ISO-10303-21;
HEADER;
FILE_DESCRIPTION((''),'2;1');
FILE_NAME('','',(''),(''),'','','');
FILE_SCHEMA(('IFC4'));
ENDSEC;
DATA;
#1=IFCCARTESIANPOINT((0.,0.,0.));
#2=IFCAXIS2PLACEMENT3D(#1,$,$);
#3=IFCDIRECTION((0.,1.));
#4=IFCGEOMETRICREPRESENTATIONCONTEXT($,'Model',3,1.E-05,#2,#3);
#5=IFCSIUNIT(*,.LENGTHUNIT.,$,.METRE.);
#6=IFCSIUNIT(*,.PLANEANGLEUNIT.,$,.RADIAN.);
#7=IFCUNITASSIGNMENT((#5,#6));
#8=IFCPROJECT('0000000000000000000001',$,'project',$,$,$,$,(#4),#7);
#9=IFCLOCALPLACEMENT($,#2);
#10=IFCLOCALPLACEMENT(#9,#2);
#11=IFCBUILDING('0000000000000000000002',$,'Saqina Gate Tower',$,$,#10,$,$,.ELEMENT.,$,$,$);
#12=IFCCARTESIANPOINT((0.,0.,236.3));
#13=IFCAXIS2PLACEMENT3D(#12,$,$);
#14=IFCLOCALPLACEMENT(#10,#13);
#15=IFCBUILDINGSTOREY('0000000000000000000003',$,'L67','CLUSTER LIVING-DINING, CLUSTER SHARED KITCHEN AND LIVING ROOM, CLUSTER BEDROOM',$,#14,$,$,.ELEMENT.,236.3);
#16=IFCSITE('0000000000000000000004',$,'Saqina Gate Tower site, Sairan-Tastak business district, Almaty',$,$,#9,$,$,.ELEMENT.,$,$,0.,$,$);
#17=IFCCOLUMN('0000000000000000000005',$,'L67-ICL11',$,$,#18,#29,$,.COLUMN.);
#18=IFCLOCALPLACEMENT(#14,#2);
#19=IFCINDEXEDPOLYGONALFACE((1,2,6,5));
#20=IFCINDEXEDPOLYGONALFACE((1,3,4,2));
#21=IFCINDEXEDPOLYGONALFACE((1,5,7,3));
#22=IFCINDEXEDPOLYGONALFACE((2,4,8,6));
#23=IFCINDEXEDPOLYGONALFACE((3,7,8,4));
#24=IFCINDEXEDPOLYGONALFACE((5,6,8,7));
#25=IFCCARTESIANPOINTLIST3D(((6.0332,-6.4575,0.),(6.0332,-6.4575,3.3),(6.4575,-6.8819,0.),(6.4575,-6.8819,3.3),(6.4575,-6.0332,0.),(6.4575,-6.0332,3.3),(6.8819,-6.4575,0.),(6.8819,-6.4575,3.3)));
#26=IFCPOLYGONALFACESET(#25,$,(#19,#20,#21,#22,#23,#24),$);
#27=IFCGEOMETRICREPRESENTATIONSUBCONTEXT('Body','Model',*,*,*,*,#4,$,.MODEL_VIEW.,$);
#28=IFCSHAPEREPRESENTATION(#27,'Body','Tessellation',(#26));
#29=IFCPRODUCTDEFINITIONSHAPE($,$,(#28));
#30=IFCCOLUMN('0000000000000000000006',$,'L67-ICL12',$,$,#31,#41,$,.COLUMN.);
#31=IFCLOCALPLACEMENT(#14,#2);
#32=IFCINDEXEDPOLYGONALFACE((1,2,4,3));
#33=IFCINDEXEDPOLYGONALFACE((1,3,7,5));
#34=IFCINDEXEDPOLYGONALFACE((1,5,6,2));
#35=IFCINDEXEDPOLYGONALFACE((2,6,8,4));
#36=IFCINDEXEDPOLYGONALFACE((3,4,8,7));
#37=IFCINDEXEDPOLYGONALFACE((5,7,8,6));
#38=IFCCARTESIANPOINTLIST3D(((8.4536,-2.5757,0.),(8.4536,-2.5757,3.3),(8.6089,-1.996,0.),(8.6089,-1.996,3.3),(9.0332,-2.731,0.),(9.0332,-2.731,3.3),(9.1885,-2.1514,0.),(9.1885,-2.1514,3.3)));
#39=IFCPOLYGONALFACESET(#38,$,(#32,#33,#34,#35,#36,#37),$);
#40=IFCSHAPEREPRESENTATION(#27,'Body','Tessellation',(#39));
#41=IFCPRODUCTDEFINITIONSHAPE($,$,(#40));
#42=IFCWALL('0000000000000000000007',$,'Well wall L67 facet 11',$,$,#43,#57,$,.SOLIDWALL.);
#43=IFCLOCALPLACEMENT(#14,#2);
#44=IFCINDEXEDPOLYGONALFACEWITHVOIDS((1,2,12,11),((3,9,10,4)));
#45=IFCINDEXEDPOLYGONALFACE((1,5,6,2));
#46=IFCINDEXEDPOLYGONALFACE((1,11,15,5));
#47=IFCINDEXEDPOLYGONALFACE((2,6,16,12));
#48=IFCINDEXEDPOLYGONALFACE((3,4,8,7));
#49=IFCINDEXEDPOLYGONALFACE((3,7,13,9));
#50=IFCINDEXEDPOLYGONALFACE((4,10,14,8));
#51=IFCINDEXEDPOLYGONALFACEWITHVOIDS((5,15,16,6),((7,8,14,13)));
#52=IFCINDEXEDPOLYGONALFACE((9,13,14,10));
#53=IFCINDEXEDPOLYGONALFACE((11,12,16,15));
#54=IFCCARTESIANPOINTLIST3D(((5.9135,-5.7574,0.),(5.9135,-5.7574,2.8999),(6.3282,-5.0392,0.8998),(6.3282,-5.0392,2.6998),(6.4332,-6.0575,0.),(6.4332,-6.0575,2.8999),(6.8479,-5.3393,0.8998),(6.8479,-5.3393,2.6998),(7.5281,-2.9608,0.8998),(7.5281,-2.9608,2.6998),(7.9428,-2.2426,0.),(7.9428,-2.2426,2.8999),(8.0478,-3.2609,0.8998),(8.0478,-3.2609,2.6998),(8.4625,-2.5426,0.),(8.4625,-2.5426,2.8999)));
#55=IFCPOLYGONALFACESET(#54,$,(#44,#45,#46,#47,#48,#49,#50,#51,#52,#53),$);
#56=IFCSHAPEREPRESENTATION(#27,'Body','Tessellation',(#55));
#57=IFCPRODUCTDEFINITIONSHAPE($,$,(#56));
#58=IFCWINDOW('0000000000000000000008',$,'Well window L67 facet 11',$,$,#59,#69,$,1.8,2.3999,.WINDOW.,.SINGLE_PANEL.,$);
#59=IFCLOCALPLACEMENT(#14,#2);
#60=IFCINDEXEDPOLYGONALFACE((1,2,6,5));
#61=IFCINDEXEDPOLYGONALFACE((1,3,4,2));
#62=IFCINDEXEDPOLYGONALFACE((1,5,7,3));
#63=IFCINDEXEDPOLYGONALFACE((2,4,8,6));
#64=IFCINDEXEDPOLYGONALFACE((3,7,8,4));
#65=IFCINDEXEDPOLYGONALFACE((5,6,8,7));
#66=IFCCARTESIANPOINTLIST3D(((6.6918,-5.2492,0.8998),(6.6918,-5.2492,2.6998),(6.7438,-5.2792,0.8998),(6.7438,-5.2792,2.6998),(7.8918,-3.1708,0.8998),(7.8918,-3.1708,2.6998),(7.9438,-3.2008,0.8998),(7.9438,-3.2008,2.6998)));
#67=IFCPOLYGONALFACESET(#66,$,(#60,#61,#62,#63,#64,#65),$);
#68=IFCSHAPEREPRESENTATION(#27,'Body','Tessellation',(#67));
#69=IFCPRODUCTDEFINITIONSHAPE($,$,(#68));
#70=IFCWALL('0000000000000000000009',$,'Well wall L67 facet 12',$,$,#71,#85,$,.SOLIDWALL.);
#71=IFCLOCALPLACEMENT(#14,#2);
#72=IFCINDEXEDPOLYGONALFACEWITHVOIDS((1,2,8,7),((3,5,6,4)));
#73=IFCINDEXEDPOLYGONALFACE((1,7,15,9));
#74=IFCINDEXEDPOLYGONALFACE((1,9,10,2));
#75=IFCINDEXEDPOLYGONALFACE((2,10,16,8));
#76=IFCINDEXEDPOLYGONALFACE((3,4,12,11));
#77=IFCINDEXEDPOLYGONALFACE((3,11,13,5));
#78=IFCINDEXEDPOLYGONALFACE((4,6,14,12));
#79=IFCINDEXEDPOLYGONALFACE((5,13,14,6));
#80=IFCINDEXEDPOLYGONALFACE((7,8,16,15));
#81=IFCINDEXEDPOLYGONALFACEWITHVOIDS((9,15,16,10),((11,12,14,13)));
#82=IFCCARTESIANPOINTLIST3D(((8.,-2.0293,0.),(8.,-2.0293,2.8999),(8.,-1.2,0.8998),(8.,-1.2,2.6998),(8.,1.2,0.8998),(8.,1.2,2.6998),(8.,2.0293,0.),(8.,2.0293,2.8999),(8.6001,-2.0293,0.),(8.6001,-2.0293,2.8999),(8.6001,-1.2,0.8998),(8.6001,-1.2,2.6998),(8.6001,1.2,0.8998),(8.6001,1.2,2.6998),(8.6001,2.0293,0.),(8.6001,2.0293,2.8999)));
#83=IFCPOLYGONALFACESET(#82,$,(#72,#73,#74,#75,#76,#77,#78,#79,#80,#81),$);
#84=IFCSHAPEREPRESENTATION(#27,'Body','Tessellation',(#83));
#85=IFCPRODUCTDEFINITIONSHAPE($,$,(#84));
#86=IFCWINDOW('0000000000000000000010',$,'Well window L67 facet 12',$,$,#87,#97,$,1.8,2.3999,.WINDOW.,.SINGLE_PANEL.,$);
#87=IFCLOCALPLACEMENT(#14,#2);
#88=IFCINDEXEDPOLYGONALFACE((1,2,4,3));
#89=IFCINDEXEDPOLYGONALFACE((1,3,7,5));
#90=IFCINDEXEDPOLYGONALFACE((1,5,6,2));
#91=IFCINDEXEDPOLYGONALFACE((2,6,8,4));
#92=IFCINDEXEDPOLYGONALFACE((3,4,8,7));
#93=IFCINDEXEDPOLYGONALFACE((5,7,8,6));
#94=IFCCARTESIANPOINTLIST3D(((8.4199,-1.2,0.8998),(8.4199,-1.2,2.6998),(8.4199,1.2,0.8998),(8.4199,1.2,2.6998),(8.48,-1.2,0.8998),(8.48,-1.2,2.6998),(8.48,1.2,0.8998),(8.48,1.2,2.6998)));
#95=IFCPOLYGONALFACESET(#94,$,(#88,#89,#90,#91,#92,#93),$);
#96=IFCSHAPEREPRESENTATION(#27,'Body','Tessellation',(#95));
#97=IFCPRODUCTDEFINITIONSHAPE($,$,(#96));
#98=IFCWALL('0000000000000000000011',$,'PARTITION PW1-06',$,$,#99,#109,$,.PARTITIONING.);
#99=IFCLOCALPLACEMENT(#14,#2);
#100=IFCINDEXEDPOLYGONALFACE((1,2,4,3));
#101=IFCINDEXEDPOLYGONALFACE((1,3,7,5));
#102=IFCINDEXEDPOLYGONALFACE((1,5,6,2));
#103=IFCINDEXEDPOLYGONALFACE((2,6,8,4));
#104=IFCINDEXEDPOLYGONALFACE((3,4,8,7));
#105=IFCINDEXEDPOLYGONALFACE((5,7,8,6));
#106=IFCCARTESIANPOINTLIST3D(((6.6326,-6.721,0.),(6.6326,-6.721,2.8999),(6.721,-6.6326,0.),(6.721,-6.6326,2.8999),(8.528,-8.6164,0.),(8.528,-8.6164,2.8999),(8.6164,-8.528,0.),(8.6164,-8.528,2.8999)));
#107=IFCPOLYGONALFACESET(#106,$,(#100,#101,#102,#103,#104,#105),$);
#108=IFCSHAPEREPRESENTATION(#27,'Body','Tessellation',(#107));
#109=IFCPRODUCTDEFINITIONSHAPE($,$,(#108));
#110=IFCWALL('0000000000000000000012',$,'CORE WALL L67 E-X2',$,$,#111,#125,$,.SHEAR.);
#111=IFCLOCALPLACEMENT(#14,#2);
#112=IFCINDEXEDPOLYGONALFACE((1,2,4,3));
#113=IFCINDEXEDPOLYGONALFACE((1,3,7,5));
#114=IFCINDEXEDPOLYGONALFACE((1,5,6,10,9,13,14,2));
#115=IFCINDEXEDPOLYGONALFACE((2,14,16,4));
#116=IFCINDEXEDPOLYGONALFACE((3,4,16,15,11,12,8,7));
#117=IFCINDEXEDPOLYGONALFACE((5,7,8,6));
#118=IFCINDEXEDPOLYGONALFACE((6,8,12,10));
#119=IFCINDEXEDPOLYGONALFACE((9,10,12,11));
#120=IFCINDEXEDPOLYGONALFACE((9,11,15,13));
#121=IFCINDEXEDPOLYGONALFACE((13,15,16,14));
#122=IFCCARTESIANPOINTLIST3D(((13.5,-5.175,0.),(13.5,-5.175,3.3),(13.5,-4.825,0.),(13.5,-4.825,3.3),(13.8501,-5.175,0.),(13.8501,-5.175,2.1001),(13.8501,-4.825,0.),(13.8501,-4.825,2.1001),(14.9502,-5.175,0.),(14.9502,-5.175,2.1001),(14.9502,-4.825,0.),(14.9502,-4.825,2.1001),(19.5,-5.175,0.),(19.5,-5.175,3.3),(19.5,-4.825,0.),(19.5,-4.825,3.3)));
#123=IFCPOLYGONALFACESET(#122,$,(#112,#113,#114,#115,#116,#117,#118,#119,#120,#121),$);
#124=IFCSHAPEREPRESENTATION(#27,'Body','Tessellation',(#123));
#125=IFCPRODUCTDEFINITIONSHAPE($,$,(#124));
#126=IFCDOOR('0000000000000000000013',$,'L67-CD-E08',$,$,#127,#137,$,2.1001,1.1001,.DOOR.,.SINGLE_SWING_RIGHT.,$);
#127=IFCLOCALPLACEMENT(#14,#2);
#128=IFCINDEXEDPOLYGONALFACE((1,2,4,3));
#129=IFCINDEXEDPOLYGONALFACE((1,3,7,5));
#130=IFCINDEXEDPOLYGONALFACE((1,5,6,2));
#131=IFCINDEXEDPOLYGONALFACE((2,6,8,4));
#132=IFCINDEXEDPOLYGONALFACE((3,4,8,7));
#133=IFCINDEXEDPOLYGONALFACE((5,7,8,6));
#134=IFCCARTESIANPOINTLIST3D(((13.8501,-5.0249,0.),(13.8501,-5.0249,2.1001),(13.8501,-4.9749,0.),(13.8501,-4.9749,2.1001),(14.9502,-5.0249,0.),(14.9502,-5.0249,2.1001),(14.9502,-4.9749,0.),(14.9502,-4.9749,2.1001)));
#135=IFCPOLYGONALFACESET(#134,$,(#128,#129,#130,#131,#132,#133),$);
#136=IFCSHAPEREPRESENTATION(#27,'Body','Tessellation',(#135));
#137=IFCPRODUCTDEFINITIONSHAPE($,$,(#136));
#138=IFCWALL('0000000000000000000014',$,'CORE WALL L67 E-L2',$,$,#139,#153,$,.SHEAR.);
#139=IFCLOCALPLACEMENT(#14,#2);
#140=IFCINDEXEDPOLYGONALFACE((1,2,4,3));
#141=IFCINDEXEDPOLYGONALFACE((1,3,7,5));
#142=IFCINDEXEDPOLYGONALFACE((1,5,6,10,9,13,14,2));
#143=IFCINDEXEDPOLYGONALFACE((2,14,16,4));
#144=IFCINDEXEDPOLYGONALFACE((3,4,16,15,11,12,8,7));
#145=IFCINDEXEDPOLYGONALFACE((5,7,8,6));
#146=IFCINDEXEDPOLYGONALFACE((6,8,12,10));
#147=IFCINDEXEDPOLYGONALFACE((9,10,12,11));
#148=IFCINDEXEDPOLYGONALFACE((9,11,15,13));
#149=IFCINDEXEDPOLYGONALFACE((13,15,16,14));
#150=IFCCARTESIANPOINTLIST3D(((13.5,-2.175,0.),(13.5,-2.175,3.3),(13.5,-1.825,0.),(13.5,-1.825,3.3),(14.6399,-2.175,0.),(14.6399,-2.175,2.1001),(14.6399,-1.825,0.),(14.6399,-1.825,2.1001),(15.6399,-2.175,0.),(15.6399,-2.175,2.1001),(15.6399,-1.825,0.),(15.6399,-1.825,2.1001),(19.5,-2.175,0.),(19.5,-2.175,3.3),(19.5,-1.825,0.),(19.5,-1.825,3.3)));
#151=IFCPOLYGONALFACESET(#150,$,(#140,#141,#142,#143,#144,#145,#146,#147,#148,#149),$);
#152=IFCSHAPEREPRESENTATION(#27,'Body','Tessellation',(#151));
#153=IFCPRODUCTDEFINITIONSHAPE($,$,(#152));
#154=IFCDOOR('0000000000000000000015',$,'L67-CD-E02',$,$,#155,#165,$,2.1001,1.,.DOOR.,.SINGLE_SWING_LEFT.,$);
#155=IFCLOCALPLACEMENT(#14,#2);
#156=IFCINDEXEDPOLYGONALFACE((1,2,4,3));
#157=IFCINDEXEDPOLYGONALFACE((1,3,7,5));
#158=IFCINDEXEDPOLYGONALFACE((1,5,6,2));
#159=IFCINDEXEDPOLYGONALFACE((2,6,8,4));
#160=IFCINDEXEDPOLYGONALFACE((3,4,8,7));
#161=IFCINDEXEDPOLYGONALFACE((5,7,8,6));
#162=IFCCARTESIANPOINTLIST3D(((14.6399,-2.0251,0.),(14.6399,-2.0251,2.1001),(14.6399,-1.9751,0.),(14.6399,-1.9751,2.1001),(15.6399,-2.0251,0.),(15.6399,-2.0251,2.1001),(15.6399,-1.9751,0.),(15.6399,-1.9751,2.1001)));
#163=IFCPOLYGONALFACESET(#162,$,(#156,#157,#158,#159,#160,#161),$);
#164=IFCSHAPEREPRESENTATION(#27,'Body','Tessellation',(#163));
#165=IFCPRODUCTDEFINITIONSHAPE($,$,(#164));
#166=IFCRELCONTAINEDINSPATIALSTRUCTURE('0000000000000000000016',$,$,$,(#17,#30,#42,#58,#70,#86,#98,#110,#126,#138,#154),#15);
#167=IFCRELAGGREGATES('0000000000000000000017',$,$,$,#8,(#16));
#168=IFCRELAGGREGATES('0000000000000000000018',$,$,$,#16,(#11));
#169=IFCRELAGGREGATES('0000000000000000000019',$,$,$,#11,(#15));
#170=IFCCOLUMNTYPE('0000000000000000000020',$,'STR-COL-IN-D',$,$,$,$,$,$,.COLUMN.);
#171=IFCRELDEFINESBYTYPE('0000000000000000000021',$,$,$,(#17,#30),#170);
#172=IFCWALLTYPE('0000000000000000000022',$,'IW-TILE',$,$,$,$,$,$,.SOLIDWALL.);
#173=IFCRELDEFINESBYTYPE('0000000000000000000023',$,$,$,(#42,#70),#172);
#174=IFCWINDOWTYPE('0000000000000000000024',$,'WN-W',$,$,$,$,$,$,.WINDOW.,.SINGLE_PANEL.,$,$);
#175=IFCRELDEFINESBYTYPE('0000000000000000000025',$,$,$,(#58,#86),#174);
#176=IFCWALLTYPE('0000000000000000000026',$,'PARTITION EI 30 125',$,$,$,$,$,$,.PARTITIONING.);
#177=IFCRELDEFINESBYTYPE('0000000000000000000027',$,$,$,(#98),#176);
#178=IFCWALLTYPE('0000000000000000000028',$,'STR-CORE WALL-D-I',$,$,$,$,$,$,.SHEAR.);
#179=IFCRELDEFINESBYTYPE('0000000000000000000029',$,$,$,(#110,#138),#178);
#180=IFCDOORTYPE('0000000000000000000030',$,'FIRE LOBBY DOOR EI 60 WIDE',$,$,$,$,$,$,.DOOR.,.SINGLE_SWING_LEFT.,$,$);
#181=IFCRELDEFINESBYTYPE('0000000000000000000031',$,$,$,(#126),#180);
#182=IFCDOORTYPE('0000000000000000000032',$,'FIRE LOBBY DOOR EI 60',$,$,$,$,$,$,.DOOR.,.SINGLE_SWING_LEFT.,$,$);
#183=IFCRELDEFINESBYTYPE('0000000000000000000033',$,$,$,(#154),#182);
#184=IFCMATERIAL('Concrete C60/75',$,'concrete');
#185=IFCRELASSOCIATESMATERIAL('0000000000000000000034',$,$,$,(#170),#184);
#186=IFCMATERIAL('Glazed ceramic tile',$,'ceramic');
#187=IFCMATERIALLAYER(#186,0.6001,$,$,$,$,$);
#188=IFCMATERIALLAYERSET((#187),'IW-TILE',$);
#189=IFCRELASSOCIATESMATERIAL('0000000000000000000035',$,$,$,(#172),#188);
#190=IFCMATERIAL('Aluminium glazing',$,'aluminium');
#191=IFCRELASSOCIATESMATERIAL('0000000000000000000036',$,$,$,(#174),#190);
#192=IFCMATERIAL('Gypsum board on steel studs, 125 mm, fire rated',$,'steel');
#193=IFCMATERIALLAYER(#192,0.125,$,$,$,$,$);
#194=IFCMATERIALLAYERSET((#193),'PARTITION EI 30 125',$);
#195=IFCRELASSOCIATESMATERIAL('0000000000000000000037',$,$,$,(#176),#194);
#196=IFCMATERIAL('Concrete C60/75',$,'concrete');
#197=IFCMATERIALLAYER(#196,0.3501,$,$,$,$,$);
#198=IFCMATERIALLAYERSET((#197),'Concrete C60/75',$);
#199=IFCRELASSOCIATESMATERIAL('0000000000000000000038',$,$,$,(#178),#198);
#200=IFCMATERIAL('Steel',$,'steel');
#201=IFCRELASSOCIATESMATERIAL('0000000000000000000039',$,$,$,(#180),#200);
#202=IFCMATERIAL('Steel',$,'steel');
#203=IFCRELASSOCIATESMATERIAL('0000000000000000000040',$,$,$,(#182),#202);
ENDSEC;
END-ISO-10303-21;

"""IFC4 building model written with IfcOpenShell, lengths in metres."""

from ifc_helpers import new_model, si_unit, direction, frame, frame_2d, origin, origin_2d, place, context, subcontext, project, spatial, rectangle, extrude, material, layer, layer_set, material_profile, profile_set, type_object, element, fill, save


model = new_model("IFC4")

# Units and contexts
model_context = context("Model", 3, precision=1e-05, world=origin(), true_north=direction((0.0, 1.0)))
body_context = subcontext(model_context, "Body", "Model", "MODEL_VIEW")
ifc_project = project(units=[si_unit("LENGTHUNIT", "METRE"), si_unit("PLANEANGLEUNIT", "RADIAN")], contexts=[model_context])

# Site, building, storey
site_placement = place(None, origin())
site = spatial("IfcSite", under=ifc_project, at=site_placement, Name="Saqina Gate Tower site, Sairan-Tastak business district, Almaty", CompositionType="ELEMENT", RefElevation=0.0)
building_placement = place(site_placement, origin())
building = spatial("IfcBuilding", under=site, at=building_placement, Name="Saqina Gate Tower", CompositionType="ELEMENT")
storey_placement = place(building_placement, frame((0.0, 0.0, 236.3)))
storey = spatial("IfcBuildingStorey", under=building, at=storey_placement, Name="L67", Description="CLUSTER LIVING-DINING, CLUSTER SHARED KITCHEN AND LIVING ROOM, CLUSTER BEDROOM", CompositionType="ELEMENT", Elevation=236.3)

# Columns
ifc_material_1 = material(Name="Concrete C60/75", Category="concrete")
ifc_material_profile = material_profile(ifc_material_1, rectangle(XDim=0.6001, YDim=0.6001, at=origin_2d()), Name="RC 600x600")
ifc_profile_set = profile_set([ifc_material_profile], Name="Concrete C60/75")
column_type = type_object("IfcColumnType", Name="STR-COL-IN-D", PredefinedType="COLUMN", material=ifc_profile_set)
for number, where, z_axis, x_axis, name in (
    (1, (6.4575, -6.4575, 0.0), (0.0, 0.0, 1.0), (0.707107, -0.707107, 0.0), "L67-ICL11"),
    (2, (8.821, -2.3635, 0.0), (0.0, 0.0, 1.0), (0.965926, -0.258819, 0.0), "L67-ICL12"),
):
    element("IfcColumn", number, at=place(storey_placement, frame(where, z_axis=z_axis, x_axis=x_axis)), inside=storey, type_object=column_type, Name=name, PredefinedType="COLUMN", context=body_context, shape_type="SweptSolid", body=[
        extrude(rectangle(XDim=0.6001, YDim=0.6001, at=origin_2d()), origin(), (0.0, 0.0, 1.0), 3.3),
    ])

# Walls, openings, windows
ifc_material_2 = material(Name="Glazed ceramic tile", Category="ceramic")
ifc_layer_1 = layer(ifc_material_2, 0.6001)
ifc_layer_set_1 = layer_set([ifc_layer_1], Name="IW-TILE")
wall_type_1 = type_object("IfcWallType", Name="IW-TILE", PredefinedType="SOLIDWALL", material=ifc_layer_set_1)
wall_1_placement = place(storey_placement, frame((6.1733, -5.9075, 0.0), z_axis=(0.0, 0.0, 1.0), x_axis=(0.499995, 0.866028, 0.0)))
wall_1 = element("IfcWall", 3, at=wall_1_placement, inside=storey, type_object=wall_type_1, Name="Well wall L67 facet 11", PredefinedType="SOLIDWALL", context=body_context, shape_type="SweptSolid", body=[
    extrude(rectangle(XDim=4.0586, YDim=0.6001, at=frame_2d((2.0293, 0.0))), origin(), (0.0, 0.0, 1.0), 2.8999),
])
opening_1_placement = place(wall_1_placement, frame((0.8293, 0.0, 0.8999)))
opening_1 = element("IfcOpeningElement", 4, at=opening_1_placement, cuts=wall_1, PredefinedType="OPENING", context=body_context, shape_type="SweptSolid", body=[
    extrude(rectangle(XDim=2.3999, YDim=1.8, at=frame_2d((1.2, 0.8999))), frame((0.0, 0.312, 0.0), z_axis=(0.0, -1.0, 0.0), x_axis=(1.0, 0.0, 0.0)), (0.0, 0.0, 1.0), 0.624),
])
ifc_material_3 = material(Name="Aluminium glazing", Category="aluminium")
window_type = type_object("IfcWindowType", Name="WN-W", PartitioningType="SINGLE_PANEL", PredefinedType="WINDOW", material=ifc_material_3)
window_1_placement = place(opening_1_placement, origin())
window_1 = element("IfcWindow", 5, at=window_1_placement, inside=storey, type_object=window_type, Name="Well window L67 facet 11", OverallHeight=1.8, OverallWidth=2.3999, PartitioningType="SINGLE_PANEL", PredefinedType="WINDOW", context=body_context, shape_type="SweptSolid", body=[
    extrude(rectangle(XDim=2.3999, YDim=1.8, at=frame_2d((1.2, 0.8999))), frame((0.0, -0.1199, 0.0), z_axis=(0.0, -1.0, 0.0), x_axis=(1.0, 0.0, 0.0)), (0.0, 0.0, 1.0), 0.0601),
])
fill(opening_1, window_1)
wall_2_placement = place(storey_placement, frame((8.3, -2.0293, 0.0), z_axis=(0.0, 0.0, 1.0), x_axis=(0.0, 1.0, 0.0)))
wall_2 = element("IfcWall", 6, at=wall_2_placement, inside=storey, type_object=wall_type_1, Name="Well wall L67 facet 12", PredefinedType="SOLIDWALL", context=body_context, shape_type="SweptSolid", body=[
    extrude(rectangle(XDim=4.0586, YDim=0.6001, at=frame_2d((2.0293, 0.0))), origin(), (0.0, 0.0, 1.0), 2.8999),
])
opening_2_placement = place(wall_2_placement, frame((0.8293, 0.0, 0.8999)))
opening_2 = element("IfcOpeningElement", 7, at=opening_2_placement, cuts=wall_2, PredefinedType="OPENING", context=body_context, shape_type="SweptSolid", body=[
    extrude(rectangle(XDim=2.3999, YDim=1.8, at=frame_2d((1.2, 0.8999))), frame((0.0, 0.312, 0.0), z_axis=(0.0, -1.0, 0.0), x_axis=(1.0, 0.0, 0.0)), (0.0, 0.0, 1.0), 0.624),
])
window_2_placement = place(opening_2_placement, origin())
window_2 = element("IfcWindow", 8, at=window_2_placement, inside=storey, type_object=window_type, Name="Well window L67 facet 12", OverallHeight=1.8, OverallWidth=2.3999, PartitioningType="SINGLE_PANEL", PredefinedType="WINDOW", context=body_context, shape_type="SweptSolid", body=[
    extrude(rectangle(XDim=2.3999, YDim=1.8, at=frame_2d((1.2, 0.8999))), frame((0.0, -0.1199, 0.0), z_axis=(0.0, -1.0, 0.0), x_axis=(1.0, 0.0, 0.0)), (0.0, 0.0, 1.0), 0.0601),
])
fill(opening_2, window_2)

# Wall
ifc_material_4 = material(Name="Gypsum board on steel studs, 125 mm, fire rated", Category="steel")
ifc_layer_2 = layer(ifc_material_4, 0.125)
ifc_layer_set_2 = layer_set([ifc_layer_2], Name="PARTITION EI 30 125")
wall_type_2 = type_object("IfcWallType", Name="PARTITION EI 30 125", PredefinedType="PARTITIONING", material=ifc_layer_set_2)
wall_3_placement = place(storey_placement, frame((6.6768, -6.6768, 0.0), z_axis=(0.0, 0.0, 1.0), x_axis=(0.707107, -0.707107, 0.0)))
element("IfcWall", 9, at=wall_3_placement, inside=storey, type_object=wall_type_2, Name="PARTITION PW1-06", PredefinedType="PARTITIONING", context=body_context, shape_type="SweptSolid", body=[
    extrude(rectangle(XDim=2.6804, YDim=0.125, at=frame_2d((1.3403, 0.0))), origin(), (0.0, 0.0, 1.0), 2.8999),
])

# Walls, openings, doors
ifc_material_5 = material(Name="Concrete C60/75", Category="concrete")
ifc_layer_3 = layer(ifc_material_5, 0.3501)
ifc_layer_set_3 = layer_set([ifc_layer_3], Name="Concrete C60/75")
wall_type_3 = type_object("IfcWallType", Name="STR-CORE WALL-D-I", PredefinedType="SHEAR", material=ifc_layer_set_3)
wall_4_placement = place(storey_placement, frame((13.5, -5.0, 0.0), z_axis=(0.0, 0.0, 1.0), x_axis=(1.0, 0.0, 0.0)))
wall_4 = element("IfcWall", 10, at=wall_4_placement, inside=storey, type_object=wall_type_3, Name="CORE WALL L67 E-X2", PredefinedType="SHEAR", context=body_context, shape_type="SweptSolid", body=[
    extrude(rectangle(XDim=6.0, YDim=0.3501, at=frame_2d((3.0, 0.0))), origin(), (0.0, 0.0, 1.0), 3.3),
])
opening_3_placement = place(wall_4_placement, frame((0.3501, 0.0, 0.0)))
opening_3 = element("IfcOpeningElement", 11, at=opening_3_placement, cuts=wall_4, PredefinedType="OPENING", context=body_context, shape_type="SweptSolid", body=[
    extrude(rectangle(XDim=1.1001, YDim=2.1001, at=frame_2d((0.55, 1.05))), frame((0.0, 0.187, 0.0), z_axis=(0.0, -1.0, 0.0), x_axis=(1.0, 0.0, 0.0)), (0.0, 0.0, 1.0), 0.374),
])
ifc_material_6 = material(Name="Steel", Category="steel")
door_type_1 = type_object("IfcDoorType", Name="FIRE LOBBY DOOR EI 60 WIDE", OperationType="SINGLE_SWING_LEFT", PredefinedType="DOOR", material=ifc_material_6)
door_1_placement = place(opening_3_placement, frame((1.1001, 0.0, 0.0), z_axis=(0.0, 0.0, 1.0), x_axis=(-1.0, 0.0, 0.0)))
door_1 = element("IfcDoor", 12, at=door_1_placement, inside=storey, type_object=door_type_1, Name="L67-CD-E08", OperationType="SINGLE_SWING_RIGHT", OverallHeight=2.1001, OverallWidth=1.1001, PredefinedType="DOOR", context=body_context, shape_type="SweptSolid", body=[
    extrude(rectangle(XDim=1.1001, YDim=2.1001, at=frame_2d((0.55, 1.05))), frame((0.0, 0.0249, 0.0), z_axis=(0.0, -1.0, 0.0), x_axis=(1.0, 0.0, 0.0)), (0.0, 0.0, 1.0), 0.05),
])
fill(opening_3, door_1)
wall_5_placement = place(storey_placement, frame((13.5, -2.0, 0.0), z_axis=(0.0, 0.0, 1.0), x_axis=(1.0, 0.0, 0.0)))
wall_5 = element("IfcWall", 13, at=wall_5_placement, inside=storey, type_object=wall_type_3, Name="CORE WALL L67 E-L2", PredefinedType="SHEAR", context=body_context, shape_type="SweptSolid", body=[
    extrude(rectangle(XDim=6.0, YDim=0.3501, at=frame_2d((3.0, 0.0))), origin(), (0.0, 0.0, 1.0), 3.3),
])
opening_4_placement = place(wall_5_placement, frame((1.1399, 0.0, 0.0)))
opening_4 = element("IfcOpeningElement", 14, at=opening_4_placement, cuts=wall_5, PredefinedType="OPENING", context=body_context, shape_type="SweptSolid", body=[
    extrude(rectangle(XDim=1.0, YDim=2.1001, at=frame_2d((0.5, 1.05))), frame((0.0, 0.187, 0.0), z_axis=(0.0, -1.0, 0.0), x_axis=(1.0, 0.0, 0.0)), (0.0, 0.0, 1.0), 0.374),
])
ifc_material_7 = material(Name="Steel", Category="steel")
door_type_2 = type_object("IfcDoorType", Name="FIRE LOBBY DOOR EI 60", OperationType="SINGLE_SWING_LEFT", PredefinedType="DOOR", material=ifc_material_7)
door_2_placement = place(opening_4_placement, origin())
door_2 = element("IfcDoor", 15, at=door_2_placement, inside=storey, type_object=door_type_2, Name="L67-CD-E02", OperationType="SINGLE_SWING_LEFT", OverallHeight=2.1001, OverallWidth=1.0, PredefinedType="DOOR", context=body_context, shape_type="SweptSolid", body=[
    extrude(rectangle(XDim=1.0, YDim=2.1001, at=frame_2d((0.5, 1.05))), frame((0.0, 0.0249, 0.0), z_axis=(0.0, -1.0, 0.0), x_axis=(1.0, 0.0, 0.0)), (0.0, 0.0, 1.0), 0.05),
])
fill(opening_4, door_2)

save(model, "model.ifc")
